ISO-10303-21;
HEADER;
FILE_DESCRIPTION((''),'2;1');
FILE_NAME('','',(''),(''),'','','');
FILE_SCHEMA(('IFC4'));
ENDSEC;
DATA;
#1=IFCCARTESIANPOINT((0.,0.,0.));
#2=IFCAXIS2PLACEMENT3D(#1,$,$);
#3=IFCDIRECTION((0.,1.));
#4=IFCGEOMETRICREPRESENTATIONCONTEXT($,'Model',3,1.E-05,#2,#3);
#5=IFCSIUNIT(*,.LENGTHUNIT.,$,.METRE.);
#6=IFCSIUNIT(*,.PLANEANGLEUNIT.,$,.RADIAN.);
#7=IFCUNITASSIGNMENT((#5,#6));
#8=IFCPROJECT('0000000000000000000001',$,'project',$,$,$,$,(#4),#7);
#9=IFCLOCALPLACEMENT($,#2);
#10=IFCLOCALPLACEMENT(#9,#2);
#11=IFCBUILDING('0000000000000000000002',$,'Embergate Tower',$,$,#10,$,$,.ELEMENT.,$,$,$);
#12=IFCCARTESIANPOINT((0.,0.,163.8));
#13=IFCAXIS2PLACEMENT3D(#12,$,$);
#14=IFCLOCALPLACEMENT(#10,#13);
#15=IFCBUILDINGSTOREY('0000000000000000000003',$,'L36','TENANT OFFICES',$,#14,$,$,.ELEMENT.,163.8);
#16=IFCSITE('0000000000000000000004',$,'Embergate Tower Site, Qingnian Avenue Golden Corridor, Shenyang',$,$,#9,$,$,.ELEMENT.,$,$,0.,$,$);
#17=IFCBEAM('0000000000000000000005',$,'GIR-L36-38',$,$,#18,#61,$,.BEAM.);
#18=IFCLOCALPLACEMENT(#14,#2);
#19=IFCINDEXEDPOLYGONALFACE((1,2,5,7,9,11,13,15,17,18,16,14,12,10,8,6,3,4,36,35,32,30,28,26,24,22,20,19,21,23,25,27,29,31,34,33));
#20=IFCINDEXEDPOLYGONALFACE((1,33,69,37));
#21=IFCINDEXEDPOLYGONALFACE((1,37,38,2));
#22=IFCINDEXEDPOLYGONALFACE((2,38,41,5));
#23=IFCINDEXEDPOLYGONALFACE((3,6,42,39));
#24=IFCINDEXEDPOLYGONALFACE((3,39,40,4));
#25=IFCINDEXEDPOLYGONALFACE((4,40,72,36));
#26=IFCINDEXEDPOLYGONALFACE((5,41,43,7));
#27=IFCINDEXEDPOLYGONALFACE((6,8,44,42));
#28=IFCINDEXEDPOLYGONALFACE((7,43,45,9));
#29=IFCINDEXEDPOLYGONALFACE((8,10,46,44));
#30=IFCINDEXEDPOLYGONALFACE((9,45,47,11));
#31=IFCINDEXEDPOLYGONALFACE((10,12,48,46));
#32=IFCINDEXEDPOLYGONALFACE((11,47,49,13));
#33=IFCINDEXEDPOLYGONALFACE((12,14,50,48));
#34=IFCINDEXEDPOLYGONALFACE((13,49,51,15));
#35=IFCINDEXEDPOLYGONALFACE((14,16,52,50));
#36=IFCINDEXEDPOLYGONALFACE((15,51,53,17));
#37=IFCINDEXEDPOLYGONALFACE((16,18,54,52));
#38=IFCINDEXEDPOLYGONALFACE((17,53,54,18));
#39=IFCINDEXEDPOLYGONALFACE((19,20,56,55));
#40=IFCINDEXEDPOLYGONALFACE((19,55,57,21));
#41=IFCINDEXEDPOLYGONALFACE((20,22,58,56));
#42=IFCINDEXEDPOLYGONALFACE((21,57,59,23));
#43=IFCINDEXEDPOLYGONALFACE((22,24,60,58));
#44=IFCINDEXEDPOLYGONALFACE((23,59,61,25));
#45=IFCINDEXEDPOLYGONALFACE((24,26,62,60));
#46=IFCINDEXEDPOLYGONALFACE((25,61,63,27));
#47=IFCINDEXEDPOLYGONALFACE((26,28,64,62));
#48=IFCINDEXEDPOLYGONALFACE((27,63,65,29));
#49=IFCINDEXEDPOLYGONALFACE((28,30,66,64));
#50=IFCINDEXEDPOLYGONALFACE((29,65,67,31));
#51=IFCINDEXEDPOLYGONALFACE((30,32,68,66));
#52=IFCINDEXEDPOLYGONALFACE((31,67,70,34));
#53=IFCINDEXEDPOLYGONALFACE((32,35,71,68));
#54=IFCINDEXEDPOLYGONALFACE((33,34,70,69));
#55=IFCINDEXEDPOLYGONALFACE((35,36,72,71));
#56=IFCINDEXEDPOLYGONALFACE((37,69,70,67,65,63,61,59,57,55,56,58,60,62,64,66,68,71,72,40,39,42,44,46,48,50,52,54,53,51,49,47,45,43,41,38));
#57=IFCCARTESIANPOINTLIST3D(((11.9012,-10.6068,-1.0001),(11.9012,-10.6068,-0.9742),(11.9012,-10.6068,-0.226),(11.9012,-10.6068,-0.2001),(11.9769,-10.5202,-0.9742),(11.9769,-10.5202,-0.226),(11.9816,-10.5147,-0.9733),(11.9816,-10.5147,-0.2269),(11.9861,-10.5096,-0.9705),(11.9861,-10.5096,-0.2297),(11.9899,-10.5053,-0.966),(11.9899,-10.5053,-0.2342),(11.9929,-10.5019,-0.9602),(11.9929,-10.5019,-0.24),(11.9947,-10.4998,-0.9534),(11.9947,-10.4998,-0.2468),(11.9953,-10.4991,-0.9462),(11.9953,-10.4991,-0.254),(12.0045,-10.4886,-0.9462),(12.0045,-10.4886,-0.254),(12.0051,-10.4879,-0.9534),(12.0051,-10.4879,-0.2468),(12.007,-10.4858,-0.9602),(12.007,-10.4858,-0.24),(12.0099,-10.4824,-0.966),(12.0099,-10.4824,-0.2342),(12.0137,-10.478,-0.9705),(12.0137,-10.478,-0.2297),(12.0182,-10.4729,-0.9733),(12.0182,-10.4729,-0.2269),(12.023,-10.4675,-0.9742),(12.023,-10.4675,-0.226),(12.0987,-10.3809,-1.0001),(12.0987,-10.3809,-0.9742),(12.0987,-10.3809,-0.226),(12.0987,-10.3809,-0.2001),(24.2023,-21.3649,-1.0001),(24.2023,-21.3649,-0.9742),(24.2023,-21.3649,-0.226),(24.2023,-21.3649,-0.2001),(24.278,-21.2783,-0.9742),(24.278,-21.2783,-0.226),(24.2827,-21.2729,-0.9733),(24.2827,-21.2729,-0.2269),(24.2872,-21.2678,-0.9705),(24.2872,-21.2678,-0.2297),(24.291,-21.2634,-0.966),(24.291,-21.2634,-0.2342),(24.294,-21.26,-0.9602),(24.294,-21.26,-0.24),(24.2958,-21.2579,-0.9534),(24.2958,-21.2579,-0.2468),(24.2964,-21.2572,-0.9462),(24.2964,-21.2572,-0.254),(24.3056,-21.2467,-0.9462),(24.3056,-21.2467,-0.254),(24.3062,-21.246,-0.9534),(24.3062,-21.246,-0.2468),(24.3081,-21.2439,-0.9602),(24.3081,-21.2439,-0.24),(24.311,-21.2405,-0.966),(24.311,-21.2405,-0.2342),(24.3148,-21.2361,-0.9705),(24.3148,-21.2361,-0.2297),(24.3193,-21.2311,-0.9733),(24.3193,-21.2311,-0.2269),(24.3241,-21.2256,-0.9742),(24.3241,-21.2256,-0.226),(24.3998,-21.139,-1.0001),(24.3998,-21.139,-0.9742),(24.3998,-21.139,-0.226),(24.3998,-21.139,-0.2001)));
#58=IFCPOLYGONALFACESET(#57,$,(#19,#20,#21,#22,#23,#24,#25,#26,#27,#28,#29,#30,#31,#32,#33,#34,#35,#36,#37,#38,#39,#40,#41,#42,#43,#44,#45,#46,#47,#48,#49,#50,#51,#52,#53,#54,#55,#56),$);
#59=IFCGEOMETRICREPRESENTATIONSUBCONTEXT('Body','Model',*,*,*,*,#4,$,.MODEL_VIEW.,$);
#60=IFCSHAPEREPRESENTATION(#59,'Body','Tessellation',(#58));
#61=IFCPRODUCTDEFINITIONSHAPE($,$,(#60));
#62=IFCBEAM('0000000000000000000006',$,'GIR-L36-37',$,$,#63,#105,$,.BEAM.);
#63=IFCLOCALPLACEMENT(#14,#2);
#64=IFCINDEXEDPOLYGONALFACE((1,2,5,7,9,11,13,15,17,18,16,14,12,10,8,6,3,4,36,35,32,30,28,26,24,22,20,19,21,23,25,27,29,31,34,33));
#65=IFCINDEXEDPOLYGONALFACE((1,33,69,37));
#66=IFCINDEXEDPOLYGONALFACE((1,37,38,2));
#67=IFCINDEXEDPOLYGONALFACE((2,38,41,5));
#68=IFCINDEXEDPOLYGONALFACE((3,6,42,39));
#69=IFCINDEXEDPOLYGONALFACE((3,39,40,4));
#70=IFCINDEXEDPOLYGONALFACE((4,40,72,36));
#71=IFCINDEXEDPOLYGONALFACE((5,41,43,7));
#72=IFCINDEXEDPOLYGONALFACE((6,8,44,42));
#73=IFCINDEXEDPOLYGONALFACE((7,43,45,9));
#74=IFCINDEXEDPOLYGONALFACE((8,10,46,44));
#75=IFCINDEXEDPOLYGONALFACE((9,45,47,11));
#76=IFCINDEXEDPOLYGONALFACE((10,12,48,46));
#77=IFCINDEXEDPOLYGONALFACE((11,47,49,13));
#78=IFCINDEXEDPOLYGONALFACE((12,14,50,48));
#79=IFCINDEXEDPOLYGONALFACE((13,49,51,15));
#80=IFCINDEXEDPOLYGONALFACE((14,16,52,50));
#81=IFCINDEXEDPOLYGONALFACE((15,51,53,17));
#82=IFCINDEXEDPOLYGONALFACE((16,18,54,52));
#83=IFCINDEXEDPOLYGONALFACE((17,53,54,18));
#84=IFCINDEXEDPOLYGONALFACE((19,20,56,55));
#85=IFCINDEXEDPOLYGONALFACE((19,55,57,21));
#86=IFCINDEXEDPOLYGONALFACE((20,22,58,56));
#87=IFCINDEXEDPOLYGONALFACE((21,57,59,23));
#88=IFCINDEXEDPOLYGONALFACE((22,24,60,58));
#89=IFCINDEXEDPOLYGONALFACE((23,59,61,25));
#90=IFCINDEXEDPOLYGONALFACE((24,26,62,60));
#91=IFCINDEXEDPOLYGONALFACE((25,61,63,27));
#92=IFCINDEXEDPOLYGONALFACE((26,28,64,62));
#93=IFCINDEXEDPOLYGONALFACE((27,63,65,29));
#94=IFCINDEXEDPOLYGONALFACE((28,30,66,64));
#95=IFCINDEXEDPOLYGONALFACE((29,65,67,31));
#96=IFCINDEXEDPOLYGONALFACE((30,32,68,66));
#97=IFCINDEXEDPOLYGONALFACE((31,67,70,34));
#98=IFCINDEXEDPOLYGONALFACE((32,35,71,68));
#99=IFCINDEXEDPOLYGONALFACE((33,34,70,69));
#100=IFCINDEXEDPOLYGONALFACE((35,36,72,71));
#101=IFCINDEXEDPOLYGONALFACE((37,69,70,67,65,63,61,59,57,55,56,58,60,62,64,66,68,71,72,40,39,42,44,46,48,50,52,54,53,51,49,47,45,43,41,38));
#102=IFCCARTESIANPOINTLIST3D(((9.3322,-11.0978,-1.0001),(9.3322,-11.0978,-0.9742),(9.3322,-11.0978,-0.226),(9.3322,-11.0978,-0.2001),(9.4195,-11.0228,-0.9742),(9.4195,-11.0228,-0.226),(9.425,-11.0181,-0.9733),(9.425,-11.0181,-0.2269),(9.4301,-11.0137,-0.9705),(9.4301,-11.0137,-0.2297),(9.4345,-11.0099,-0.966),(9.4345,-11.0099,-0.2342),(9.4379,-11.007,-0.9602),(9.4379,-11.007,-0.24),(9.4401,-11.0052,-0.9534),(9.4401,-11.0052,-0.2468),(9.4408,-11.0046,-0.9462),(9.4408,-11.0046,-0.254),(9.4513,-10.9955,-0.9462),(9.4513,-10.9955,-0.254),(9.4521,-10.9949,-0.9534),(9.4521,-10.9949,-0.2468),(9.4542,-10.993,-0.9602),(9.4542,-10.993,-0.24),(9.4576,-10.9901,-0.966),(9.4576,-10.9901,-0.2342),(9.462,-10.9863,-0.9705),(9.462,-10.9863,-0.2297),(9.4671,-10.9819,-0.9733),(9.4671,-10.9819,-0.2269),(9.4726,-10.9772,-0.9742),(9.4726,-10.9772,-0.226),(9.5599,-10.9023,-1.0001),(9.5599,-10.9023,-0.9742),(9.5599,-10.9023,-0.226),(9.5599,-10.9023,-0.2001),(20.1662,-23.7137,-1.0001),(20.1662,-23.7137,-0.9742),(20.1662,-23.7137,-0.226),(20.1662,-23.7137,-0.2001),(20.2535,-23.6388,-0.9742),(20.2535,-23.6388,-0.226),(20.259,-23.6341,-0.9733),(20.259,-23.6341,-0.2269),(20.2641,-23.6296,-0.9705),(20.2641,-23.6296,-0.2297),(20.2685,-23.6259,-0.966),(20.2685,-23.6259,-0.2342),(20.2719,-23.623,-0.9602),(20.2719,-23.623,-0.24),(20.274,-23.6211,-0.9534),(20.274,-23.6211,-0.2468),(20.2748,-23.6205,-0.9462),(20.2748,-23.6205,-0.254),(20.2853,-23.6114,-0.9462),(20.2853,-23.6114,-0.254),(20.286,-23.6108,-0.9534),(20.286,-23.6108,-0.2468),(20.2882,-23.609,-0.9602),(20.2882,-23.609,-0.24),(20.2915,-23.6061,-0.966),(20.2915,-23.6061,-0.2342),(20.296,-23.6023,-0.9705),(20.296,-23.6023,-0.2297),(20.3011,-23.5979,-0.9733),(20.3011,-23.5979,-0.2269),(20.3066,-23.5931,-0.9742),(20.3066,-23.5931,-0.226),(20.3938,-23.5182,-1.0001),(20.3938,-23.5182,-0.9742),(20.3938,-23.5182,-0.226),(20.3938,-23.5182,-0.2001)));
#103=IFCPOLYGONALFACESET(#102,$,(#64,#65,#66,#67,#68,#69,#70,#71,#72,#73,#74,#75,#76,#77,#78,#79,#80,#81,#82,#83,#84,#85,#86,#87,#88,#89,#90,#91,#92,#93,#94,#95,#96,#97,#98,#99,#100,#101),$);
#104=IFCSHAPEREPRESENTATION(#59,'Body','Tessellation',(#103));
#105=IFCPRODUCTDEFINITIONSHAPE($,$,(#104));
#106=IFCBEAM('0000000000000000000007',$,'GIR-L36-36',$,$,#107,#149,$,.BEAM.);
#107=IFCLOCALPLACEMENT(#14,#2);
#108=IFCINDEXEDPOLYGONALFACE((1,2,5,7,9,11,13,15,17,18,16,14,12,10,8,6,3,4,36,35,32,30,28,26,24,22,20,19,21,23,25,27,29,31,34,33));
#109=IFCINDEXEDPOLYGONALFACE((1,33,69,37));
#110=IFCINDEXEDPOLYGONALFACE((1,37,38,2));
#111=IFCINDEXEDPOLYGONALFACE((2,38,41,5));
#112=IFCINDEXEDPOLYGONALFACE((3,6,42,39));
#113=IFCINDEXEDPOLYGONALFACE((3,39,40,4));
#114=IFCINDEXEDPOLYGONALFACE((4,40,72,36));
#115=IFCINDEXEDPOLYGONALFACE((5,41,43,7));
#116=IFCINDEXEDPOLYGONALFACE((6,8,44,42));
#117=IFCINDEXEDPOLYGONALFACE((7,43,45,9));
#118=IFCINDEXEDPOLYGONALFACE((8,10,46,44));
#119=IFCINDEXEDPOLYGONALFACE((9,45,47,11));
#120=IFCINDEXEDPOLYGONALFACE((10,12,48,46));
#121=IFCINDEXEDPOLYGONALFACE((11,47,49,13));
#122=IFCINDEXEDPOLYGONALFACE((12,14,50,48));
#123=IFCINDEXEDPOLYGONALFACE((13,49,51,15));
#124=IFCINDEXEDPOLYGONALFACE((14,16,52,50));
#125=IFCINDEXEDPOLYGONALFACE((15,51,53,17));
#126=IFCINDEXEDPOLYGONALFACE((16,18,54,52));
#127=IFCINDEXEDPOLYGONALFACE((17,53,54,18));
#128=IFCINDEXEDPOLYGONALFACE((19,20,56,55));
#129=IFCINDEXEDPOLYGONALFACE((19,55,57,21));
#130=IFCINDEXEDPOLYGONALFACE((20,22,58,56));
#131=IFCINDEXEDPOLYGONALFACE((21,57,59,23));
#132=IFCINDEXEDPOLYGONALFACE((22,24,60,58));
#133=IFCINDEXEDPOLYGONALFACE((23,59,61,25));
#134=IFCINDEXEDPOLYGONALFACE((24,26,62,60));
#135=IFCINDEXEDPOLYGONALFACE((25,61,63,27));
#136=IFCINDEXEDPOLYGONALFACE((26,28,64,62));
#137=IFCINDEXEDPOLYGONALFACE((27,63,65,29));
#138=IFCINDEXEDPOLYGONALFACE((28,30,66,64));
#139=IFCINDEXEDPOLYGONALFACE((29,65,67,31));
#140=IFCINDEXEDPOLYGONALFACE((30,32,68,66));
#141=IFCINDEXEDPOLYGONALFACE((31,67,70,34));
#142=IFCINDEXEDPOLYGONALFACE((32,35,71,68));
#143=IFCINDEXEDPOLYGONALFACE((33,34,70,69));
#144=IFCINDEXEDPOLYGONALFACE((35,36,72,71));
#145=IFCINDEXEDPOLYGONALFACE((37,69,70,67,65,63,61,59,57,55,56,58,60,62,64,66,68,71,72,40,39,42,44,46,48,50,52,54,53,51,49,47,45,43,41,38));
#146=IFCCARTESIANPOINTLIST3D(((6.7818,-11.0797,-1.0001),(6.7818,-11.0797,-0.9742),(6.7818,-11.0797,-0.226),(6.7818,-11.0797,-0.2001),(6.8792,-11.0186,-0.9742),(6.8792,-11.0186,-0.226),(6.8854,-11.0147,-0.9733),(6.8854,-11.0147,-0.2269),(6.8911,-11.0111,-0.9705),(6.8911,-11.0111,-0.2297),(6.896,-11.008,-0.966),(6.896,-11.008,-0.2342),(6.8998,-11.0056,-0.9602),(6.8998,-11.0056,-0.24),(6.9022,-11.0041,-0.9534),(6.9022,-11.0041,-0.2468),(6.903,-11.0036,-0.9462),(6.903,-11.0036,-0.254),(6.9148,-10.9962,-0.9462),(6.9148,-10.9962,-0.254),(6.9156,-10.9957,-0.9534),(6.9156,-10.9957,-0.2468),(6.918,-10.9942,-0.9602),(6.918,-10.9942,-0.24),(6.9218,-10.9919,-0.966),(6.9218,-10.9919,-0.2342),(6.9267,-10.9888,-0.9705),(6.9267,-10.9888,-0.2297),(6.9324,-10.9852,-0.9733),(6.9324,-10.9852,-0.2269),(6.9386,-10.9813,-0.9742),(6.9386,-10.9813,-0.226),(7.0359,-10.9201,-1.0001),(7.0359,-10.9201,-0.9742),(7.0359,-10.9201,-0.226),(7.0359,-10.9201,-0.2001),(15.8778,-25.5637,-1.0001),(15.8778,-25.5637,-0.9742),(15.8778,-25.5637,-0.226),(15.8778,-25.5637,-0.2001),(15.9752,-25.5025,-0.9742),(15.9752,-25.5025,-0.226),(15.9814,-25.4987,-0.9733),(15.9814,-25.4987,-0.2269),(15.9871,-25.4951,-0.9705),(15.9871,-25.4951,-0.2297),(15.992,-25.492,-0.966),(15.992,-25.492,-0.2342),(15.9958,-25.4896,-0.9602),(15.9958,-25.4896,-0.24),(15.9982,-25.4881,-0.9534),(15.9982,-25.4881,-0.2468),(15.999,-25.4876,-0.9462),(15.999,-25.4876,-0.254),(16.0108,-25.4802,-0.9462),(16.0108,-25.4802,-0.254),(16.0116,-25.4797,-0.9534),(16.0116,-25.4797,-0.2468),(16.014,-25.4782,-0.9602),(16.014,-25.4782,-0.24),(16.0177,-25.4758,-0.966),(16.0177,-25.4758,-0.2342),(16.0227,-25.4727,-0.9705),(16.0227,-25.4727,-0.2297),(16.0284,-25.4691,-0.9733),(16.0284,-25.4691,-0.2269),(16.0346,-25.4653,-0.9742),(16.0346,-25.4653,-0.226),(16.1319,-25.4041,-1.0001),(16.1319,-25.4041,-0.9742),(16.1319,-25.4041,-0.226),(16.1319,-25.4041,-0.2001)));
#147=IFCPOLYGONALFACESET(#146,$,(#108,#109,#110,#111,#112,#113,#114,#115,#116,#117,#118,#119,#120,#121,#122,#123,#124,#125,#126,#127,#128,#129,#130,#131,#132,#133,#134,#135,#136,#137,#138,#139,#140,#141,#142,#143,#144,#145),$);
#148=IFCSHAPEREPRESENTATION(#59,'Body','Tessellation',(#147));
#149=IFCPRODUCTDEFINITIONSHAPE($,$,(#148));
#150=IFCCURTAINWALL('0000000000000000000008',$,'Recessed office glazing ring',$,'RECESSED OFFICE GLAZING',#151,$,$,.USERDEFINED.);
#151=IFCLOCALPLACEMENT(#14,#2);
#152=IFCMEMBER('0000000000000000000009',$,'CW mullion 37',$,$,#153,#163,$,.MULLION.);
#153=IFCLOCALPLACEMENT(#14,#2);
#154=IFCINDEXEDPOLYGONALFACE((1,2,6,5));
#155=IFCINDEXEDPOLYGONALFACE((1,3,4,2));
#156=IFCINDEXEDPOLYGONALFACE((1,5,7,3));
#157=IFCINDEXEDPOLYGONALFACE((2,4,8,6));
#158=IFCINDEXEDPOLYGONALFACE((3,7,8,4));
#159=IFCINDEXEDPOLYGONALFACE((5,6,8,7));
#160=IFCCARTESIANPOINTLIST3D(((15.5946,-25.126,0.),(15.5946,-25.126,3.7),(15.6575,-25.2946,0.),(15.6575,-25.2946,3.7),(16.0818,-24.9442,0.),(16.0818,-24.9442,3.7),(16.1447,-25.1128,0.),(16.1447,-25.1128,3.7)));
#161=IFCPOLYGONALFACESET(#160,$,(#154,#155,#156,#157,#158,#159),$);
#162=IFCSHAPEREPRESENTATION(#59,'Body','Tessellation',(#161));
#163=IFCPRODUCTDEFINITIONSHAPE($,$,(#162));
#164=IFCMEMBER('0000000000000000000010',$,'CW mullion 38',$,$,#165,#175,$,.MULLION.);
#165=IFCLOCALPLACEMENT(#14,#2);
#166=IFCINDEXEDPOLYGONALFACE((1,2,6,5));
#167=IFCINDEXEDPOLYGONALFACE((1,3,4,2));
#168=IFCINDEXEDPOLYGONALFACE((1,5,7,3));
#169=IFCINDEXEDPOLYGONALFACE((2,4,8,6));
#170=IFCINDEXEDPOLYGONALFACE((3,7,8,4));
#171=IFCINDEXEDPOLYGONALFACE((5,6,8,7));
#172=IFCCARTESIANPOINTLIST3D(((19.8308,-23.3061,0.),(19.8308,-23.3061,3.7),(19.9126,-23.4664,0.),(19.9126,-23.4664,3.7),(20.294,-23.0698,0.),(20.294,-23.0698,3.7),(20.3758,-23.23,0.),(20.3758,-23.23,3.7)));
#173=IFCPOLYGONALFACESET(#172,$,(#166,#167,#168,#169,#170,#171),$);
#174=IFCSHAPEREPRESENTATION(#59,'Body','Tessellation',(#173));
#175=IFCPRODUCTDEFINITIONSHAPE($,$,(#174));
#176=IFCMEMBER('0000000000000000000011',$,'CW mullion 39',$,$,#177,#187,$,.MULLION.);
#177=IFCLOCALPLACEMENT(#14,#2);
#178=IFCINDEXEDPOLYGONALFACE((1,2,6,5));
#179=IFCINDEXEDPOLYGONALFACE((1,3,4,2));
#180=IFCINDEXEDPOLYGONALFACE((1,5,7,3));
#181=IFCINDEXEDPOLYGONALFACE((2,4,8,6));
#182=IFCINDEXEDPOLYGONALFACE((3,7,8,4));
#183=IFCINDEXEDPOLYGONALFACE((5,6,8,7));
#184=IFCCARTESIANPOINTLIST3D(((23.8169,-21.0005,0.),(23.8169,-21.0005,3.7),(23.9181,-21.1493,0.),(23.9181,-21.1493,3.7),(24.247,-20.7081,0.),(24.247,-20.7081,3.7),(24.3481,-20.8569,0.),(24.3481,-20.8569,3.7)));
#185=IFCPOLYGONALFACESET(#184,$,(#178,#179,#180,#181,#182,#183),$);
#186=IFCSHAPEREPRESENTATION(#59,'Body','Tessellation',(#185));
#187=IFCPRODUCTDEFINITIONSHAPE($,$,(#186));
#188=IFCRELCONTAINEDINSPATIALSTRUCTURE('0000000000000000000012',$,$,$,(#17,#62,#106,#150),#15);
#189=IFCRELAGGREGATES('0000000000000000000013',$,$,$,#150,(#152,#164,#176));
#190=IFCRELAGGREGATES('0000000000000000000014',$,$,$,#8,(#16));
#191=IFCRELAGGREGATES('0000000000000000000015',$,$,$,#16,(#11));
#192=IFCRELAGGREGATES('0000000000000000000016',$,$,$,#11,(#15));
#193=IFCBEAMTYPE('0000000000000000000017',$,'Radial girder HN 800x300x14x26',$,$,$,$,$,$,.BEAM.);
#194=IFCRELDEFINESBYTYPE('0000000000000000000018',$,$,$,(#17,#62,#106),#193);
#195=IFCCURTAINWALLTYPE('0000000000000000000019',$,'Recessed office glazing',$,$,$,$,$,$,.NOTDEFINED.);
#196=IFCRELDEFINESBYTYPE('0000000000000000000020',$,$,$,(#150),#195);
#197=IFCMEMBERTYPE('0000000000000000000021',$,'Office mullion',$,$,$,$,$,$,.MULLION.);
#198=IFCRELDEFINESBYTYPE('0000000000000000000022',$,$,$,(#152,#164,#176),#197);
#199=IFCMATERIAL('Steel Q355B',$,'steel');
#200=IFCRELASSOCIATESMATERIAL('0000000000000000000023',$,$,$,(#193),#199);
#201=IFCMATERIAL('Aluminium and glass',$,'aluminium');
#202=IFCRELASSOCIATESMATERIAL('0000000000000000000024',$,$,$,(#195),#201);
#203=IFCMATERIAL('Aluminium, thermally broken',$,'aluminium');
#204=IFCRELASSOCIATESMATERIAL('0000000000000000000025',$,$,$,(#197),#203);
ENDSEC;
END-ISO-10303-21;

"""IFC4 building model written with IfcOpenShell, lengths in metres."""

from ifc_helpers import new_model, si_unit, direction, frame, origin, origin_2d, place, context, subcontext, project, spatial, rectangle, i_section, extrude, source, transform, mapped, material, material_profile, profile_set, type_object, element, aggregate, save


model = new_model("IFC4")

# Units and contexts
model_context = context("Model", 3, precision=1e-05, world=origin(), true_north=direction((0.0, 1.0)))
body_context = subcontext(model_context, "Body", "Model", "MODEL_VIEW")
ifc_project = project(units=[si_unit("LENGTHUNIT", "METRE"), si_unit("PLANEANGLEUNIT", "RADIAN")], contexts=[model_context])

# Site, building, storey
site_placement = place(None, origin())
site = spatial("IfcSite", under=ifc_project, at=site_placement, Name="Embergate Tower Site, Qingnian Avenue Golden Corridor, Shenyang", CompositionType="ELEMENT", RefElevation=0.0)
building_placement = place(site_placement, origin())
building = spatial("IfcBuilding", under=site, at=building_placement, Name="Embergate Tower", CompositionType="ELEMENT")
storey_placement = place(building_placement, frame((0.0, 0.0, 163.8)))
storey = spatial("IfcBuildingStorey", under=building, at=storey_placement, Name="L36", Description="TENANT OFFICES", CompositionType="ELEMENT", Elevation=163.8)

# Beams
ifc_material_1 = material(Name="Steel Q355B", Category="steel")
ifc_material_profile_1 = material_profile(ifc_material_1, i_section(OverallWidth=0.3, OverallDepth=0.8, WebThickness=0.0139, FlangeThickness=0.0259, FilletRadius=0.0281, at=origin_2d()), Name="HN 800x300x14x26")
ifc_profile_set_1 = profile_set([ifc_material_profile_1], Name="Steel Q355 grade B")
beam_type_1 = type_object("IfcBeamType", Name="Radial girder HN 800x300x14x26", PredefinedType="BEAM", material=ifc_profile_set_1)
shared_shape_1 = source(origin(), body_context, "Body", "SweptSolid", [
    extrude(i_section(OverallWidth=0.3, OverallDepth=0.8, WebThickness=0.0139, FlangeThickness=0.0259, FilletRadius=0.0281, at=origin_2d()), origin(), (0.0, 0.0, 1.0), 16.3418),
])
beam_1_placement = place(storey_placement, frame((24.301, -21.252, -0.6001), z_axis=(-0.752739, 0.658319, 0.0), x_axis=(-0.658319, -0.752739, 0.0)))
element("IfcBeam", 1, at=beam_1_placement, inside=storey, type_object=beam_type_1, Name="GIR-L36-38", PredefinedType="BEAM", context=body_context, shape_type="MappedRepresentation", body=[
    mapped(shared_shape_1, transform((0.0, 0.0, 0.0))),
])
shared_shape_2 = source(origin(), body_context, "Body", "SweptSolid", [
    extrude(i_section(OverallWidth=0.3, OverallDepth=0.8, WebThickness=0.0139, FlangeThickness=0.0259, FilletRadius=0.0281, at=origin_2d()), origin(), (0.0, 0.0, 1.0), 16.6294),
])
beam_2_placement = place(storey_placement, frame((20.28, -23.616, -0.6001), z_axis=(-0.651495, 0.758653, 0.0), x_axis=(-0.758653, -0.651495, 0.0)))
element("IfcBeam", 2, at=beam_2_placement, inside=storey, type_object=beam_type_1, Name="GIR-L36-37", PredefinedType="BEAM", context=body_context, shape_type="MappedRepresentation", body=[
    mapped(shared_shape_2, transform((0.0, 0.0, 0.0))),
])
shared_shape_3 = source(origin(), body_context, "Body", "SweptSolid", [
    extrude(i_section(OverallWidth=0.3, OverallDepth=0.8, WebThickness=0.0139, FlangeThickness=0.0259, FilletRadius=0.0281, at=origin_2d()), origin(), (0.0, 0.0, 1.0), 17.1033),
])
beam_3_placement = place(storey_placement, frame((16.0049, -25.4839, -0.6001), z_axis=(-0.531827, 0.846853, 0.0), x_axis=(-0.846853, -0.531827, 0.0)))
element("IfcBeam", 3, at=beam_3_placement, inside=storey, type_object=beam_type_1, Name="GIR-L36-36", PredefinedType="BEAM", context=body_context, shape_type="MappedRepresentation", body=[
    mapped(shared_shape_3, transform((0.0, 0.0, 0.0))),
])

# Curtain wall, members
ifc_material_2 = material(Name="Aluminium and glass", Category="aluminium")
curtain_wall_type = type_object("IfcCurtainWallType", Name="Recessed office glazing", PredefinedType="NOTDEFINED", material=ifc_material_2)
curtain_wall_placement = place(storey_placement, origin())
curtain_wall = element("IfcCurtainWall", 4, at=curtain_wall_placement, inside=storey, type_object=curtain_wall_type, Name="Recessed office glazing ring", ObjectType="RECESSED OFFICE GLAZING", PredefinedType="USERDEFINED")
ifc_material_3 = material(Name="Aluminium, thermally broken", Category="aluminium")
ifc_material_profile_2 = material_profile(ifc_material_3, rectangle(XDim=0.1799, YDim=0.52, at=origin_2d()), Name="AL 520x180")
ifc_profile_set_2 = profile_set([ifc_material_profile_2], Name="Aluminium, thermally broken")
member_type_1 = type_object("IfcMemberType", Name="Office mullion", PredefinedType="MULLION", material=ifc_profile_set_2)
shared_shape_4 = source(origin(), body_context, "Body", "SweptSolid", [
    extrude(rectangle(XDim=0.1799, YDim=0.52, at=origin_2d()), origin(), (0.0, 0.0, 1.0), 3.7),
])
member_1_placement = place(storey_placement, frame((15.8696, -25.1194, 0.0), z_axis=(0.0, 0.0, 1.0), x_axis=(-0.349503, 0.936935, 0.0)))
member_1 = element("IfcMember", 5, at=member_1_placement, type_object=member_type_1, Name="CW mullion 37", PredefinedType="MULLION", context=body_context, shape_type="MappedRepresentation", body=[
    mapped(shared_shape_4, transform((0.0, 0.0, 0.0))),
])
member_2_placement = place(storey_placement, frame((20.1033, -23.2681, 0.0), z_axis=(0.0, 0.0, 1.0), x_axis=(-0.45451, 0.890742, 0.0)))
member_2 = element("IfcMember", 6, at=member_2_placement, type_object=member_type_1, Name="CW mullion 38", PredefinedType="MULLION", context=body_context, shape_type="MappedRepresentation", body=[
    mapped(shared_shape_4, transform((0.0, 0.0, 0.0))),
])
member_3_placement = place(storey_placement, frame((24.0825, -20.9287, 0.0), z_axis=(0.0, 0.0, 1.0), x_axis=(-0.562216, 0.82699, 0.0)))
member_3 = element("IfcMember", 7, at=member_3_placement, type_object=member_type_1, Name="CW mullion 39", PredefinedType="MULLION", context=body_context, shape_type="MappedRepresentation", body=[
    mapped(shared_shape_4, transform((0.0, 0.0, 0.0))),
])
aggregate(curtain_wall, [member_1, member_2, member_3])

save(model, "model.ifc")
